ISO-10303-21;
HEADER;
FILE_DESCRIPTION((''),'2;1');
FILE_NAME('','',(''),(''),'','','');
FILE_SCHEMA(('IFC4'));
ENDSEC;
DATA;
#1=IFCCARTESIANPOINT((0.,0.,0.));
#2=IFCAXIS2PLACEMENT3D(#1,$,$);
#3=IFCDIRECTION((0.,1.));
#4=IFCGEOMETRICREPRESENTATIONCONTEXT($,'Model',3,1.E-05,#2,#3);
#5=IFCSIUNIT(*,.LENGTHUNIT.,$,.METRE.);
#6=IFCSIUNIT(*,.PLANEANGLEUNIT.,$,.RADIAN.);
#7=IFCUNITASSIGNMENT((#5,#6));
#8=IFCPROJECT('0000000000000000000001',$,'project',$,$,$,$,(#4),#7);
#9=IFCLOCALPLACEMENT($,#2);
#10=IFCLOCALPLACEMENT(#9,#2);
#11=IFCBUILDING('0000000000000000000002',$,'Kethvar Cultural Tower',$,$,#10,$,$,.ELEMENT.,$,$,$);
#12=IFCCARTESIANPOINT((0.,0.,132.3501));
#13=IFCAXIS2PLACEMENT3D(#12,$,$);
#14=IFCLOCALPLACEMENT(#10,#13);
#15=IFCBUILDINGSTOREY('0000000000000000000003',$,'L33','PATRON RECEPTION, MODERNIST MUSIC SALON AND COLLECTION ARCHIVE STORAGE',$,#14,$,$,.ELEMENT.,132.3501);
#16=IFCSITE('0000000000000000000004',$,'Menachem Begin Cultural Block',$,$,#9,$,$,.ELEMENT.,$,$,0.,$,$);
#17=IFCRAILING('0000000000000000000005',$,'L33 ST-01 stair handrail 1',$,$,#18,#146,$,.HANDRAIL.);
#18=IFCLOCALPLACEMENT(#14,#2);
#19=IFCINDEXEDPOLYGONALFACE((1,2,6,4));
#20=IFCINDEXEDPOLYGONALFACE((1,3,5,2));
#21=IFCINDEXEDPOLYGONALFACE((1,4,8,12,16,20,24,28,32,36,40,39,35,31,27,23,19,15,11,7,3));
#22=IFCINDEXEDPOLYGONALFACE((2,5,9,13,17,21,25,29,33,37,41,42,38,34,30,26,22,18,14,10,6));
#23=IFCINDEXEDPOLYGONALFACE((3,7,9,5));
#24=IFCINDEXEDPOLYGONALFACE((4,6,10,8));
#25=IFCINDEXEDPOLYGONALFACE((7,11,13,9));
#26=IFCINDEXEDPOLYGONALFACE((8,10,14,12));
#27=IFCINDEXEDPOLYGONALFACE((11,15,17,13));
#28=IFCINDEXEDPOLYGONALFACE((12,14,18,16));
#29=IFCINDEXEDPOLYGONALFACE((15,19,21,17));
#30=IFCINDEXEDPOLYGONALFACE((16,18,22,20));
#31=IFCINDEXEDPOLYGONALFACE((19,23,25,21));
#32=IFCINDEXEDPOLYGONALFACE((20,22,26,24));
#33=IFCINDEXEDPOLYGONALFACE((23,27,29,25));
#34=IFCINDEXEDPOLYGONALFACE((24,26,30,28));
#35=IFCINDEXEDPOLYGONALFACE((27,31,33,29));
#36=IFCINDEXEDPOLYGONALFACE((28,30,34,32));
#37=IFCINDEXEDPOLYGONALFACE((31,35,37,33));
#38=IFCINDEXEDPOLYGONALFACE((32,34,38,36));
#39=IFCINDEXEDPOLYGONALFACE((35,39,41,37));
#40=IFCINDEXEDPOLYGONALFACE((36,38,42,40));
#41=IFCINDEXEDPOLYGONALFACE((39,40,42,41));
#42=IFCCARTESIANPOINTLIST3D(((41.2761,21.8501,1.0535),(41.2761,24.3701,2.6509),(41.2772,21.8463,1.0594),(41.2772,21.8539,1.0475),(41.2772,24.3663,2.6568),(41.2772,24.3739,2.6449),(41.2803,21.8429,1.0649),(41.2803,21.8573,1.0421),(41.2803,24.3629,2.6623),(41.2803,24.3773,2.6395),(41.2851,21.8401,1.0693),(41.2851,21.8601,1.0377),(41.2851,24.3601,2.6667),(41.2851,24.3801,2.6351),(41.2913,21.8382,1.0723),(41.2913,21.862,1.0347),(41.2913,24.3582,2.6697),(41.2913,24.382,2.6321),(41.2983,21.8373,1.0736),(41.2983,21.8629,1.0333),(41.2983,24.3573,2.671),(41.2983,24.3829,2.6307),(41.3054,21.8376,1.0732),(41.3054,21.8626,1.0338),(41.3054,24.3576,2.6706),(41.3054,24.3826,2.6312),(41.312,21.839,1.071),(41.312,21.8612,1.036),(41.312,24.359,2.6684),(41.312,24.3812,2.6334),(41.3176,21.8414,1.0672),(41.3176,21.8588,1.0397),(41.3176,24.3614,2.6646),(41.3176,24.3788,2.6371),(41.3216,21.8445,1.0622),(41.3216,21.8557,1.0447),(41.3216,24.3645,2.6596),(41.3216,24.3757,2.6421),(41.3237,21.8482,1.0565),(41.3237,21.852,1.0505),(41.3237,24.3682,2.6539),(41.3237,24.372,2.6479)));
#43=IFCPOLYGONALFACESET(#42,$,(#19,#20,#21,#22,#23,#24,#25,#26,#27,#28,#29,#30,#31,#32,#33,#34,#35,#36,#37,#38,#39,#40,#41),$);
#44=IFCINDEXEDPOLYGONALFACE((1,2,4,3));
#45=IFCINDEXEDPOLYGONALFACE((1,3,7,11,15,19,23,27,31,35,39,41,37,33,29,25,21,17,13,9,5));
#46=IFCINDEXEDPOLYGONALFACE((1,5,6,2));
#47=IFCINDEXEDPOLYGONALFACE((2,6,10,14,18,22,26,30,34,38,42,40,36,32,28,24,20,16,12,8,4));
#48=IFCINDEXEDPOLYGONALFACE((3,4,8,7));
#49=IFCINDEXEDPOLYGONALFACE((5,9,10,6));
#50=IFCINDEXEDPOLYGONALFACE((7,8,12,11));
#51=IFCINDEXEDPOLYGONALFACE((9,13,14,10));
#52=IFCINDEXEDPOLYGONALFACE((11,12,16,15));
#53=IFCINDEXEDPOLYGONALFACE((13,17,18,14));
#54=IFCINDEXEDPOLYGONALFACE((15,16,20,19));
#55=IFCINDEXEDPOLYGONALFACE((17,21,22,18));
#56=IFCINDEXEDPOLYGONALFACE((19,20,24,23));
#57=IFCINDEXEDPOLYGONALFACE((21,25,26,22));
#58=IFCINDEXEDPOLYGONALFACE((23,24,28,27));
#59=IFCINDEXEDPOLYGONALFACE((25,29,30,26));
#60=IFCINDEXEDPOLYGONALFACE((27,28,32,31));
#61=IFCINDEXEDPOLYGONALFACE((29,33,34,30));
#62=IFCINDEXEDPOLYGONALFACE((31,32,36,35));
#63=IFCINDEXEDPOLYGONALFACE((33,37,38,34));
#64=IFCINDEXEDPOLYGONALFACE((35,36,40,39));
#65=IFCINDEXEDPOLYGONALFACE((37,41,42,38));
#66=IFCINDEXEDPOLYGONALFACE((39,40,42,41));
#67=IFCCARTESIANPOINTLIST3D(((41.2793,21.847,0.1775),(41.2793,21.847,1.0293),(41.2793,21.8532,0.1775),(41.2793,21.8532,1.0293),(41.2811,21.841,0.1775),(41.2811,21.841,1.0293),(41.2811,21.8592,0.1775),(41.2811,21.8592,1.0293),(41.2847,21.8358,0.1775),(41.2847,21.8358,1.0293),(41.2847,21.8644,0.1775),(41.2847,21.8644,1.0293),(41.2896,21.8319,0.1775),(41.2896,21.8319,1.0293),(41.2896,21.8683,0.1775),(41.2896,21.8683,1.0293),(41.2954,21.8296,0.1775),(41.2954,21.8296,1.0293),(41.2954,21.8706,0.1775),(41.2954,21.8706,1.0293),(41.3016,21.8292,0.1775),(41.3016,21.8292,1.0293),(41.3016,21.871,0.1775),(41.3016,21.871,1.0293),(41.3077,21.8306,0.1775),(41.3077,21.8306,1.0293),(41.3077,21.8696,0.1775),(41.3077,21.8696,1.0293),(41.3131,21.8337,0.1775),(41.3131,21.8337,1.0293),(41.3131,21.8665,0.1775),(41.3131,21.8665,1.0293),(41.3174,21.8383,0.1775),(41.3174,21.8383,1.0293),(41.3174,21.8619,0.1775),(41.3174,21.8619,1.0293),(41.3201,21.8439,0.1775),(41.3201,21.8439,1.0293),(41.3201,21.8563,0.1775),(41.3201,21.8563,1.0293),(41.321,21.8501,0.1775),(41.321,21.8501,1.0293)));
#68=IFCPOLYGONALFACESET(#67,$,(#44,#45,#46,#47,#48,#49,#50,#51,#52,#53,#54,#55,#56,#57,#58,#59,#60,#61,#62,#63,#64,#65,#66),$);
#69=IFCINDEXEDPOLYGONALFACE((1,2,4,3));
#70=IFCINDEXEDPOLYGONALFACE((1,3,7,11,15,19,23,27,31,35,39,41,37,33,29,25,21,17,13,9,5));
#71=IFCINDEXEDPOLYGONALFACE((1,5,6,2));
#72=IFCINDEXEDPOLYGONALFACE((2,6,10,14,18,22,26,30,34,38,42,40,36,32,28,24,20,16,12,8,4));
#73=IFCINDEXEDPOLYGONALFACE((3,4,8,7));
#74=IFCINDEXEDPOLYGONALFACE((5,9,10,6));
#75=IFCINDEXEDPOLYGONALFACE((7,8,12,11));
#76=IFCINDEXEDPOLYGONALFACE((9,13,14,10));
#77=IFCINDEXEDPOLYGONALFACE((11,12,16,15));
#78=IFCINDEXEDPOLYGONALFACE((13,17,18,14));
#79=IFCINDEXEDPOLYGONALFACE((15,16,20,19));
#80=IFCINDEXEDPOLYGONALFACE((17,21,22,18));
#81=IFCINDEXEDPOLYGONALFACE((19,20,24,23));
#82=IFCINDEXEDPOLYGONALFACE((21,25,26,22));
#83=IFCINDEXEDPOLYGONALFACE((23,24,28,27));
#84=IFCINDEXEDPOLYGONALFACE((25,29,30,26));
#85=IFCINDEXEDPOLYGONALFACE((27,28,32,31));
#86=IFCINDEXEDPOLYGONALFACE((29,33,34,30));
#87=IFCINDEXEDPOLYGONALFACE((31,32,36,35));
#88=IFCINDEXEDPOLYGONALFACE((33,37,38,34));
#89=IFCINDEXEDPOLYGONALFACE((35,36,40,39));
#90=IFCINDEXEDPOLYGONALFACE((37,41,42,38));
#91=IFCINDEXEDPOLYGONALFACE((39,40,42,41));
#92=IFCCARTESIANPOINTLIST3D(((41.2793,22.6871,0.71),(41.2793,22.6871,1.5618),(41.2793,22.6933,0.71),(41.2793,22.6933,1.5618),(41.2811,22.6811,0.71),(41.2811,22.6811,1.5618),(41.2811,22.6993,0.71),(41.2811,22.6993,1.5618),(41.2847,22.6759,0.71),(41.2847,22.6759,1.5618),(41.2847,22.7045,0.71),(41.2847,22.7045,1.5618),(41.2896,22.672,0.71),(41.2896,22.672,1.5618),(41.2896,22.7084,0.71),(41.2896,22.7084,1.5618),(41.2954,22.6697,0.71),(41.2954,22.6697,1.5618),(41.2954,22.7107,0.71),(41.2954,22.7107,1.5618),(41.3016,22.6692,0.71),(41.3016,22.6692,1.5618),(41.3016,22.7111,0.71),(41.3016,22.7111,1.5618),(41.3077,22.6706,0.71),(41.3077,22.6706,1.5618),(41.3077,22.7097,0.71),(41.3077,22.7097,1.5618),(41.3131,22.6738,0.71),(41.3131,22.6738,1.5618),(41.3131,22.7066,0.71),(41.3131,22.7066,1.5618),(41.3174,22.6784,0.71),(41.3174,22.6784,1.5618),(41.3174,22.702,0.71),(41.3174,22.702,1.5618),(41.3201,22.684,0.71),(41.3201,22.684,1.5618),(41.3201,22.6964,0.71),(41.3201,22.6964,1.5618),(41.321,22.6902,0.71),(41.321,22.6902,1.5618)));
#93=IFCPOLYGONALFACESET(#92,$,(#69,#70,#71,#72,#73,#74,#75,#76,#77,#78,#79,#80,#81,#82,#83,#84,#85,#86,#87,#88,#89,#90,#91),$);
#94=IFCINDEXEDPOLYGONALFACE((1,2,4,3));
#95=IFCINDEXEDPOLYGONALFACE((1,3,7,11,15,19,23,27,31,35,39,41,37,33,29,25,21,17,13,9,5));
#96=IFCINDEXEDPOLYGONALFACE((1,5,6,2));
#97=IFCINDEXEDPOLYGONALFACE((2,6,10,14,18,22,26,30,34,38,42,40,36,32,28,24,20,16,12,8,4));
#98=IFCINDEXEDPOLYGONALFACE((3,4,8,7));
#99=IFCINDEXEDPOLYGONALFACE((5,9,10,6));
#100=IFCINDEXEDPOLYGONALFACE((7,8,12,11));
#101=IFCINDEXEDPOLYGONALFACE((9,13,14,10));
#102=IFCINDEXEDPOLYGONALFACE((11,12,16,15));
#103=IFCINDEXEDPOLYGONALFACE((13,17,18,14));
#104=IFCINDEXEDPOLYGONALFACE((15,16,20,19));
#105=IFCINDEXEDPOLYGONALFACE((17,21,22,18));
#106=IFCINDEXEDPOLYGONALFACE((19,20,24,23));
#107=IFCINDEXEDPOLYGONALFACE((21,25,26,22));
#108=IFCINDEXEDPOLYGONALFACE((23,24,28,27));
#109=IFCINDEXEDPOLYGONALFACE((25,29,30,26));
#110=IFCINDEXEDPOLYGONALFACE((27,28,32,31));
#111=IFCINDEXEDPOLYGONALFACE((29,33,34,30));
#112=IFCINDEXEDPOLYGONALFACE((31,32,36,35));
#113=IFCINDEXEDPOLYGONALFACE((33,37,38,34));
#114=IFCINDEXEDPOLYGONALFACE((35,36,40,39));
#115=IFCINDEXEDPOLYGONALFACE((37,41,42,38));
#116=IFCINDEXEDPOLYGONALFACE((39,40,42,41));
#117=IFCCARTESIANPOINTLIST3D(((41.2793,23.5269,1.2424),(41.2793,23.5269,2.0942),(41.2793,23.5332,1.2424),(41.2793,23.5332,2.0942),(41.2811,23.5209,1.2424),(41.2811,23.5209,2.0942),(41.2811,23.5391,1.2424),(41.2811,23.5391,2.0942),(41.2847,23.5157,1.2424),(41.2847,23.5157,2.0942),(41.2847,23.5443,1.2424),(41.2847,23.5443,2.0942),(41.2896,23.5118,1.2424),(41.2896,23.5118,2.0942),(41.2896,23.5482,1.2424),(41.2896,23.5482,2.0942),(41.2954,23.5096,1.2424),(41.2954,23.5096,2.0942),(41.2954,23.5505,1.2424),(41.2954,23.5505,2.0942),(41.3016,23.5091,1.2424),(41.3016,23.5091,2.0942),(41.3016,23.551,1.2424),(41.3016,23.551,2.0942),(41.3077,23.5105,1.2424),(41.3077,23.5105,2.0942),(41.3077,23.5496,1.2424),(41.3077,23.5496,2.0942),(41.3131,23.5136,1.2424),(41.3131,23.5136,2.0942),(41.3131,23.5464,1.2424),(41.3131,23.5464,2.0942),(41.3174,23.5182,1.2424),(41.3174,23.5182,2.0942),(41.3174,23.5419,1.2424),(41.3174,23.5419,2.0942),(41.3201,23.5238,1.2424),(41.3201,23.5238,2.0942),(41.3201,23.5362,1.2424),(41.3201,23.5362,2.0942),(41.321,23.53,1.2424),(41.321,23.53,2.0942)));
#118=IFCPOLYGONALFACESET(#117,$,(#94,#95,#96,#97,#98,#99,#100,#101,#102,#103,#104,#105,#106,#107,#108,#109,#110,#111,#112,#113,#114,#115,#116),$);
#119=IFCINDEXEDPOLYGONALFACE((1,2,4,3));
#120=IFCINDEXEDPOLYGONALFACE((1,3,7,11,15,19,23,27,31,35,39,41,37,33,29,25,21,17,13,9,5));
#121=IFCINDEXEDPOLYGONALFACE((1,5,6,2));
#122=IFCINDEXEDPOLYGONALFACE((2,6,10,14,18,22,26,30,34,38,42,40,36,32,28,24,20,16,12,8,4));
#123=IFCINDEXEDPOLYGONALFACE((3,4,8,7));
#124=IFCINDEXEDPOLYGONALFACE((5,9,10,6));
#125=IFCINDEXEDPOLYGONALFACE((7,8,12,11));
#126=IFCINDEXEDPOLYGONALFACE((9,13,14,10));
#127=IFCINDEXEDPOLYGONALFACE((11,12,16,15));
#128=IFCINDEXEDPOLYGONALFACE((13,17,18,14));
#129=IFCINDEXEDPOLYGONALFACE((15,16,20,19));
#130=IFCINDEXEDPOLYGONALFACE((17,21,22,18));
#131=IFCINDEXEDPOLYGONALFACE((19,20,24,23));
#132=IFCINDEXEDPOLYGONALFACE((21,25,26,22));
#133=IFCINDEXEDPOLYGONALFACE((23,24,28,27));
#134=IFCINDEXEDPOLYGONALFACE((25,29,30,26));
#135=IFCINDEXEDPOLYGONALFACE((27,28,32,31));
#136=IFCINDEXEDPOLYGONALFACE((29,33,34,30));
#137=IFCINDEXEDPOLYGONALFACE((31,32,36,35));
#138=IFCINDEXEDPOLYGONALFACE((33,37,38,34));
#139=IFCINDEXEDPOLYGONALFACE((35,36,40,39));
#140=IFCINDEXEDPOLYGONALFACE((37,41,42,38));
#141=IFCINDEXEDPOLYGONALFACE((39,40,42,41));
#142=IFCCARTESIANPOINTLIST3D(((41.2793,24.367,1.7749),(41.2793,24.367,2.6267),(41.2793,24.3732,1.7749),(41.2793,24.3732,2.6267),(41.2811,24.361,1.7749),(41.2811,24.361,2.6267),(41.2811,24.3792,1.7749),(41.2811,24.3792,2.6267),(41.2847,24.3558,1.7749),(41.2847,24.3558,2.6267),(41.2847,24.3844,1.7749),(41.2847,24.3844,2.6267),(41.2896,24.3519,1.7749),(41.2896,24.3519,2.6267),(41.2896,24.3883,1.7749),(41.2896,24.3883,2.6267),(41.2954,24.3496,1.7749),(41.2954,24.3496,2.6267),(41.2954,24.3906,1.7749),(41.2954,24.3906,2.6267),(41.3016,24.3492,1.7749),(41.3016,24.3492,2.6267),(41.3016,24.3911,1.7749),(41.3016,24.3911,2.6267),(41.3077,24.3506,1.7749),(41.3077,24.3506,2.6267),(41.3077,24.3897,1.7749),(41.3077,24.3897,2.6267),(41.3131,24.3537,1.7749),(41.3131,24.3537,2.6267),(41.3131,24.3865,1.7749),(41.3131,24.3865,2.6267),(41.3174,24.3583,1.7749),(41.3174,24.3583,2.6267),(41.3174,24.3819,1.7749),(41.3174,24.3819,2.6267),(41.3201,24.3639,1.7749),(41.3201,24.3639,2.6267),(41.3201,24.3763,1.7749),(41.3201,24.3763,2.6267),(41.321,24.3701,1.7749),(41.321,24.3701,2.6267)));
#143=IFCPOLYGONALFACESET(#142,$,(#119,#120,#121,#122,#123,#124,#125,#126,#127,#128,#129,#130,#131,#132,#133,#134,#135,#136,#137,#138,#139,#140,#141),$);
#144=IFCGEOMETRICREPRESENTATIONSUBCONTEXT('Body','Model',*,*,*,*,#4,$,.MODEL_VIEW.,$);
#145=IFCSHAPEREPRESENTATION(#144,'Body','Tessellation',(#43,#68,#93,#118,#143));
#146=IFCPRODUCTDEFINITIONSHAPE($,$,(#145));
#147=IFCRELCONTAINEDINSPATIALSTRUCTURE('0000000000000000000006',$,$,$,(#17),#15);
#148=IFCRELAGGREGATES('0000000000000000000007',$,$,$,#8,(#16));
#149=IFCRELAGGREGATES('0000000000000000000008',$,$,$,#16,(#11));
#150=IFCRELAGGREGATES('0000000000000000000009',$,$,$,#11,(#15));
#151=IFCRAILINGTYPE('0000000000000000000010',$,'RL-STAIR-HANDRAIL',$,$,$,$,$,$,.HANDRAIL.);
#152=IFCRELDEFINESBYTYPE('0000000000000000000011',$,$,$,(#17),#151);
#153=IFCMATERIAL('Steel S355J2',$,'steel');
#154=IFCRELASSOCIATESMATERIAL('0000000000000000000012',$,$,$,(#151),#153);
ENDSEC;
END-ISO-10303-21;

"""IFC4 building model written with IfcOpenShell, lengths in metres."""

from ifc_helpers import new_model, si_unit, direction, frame, origin, origin_2d, place, context, subcontext, project, spatial, circle, extrude, material, type_object, element, save


model = new_model("IFC4")

# Units and contexts
model_context = context("Model", 3, precision=1e-05, world=origin(), true_north=direction((0.0, 1.0)))
body_context = subcontext(model_context, "Body", "Model", "MODEL_VIEW")
ifc_project = project(units=[si_unit("LENGTHUNIT", "METRE"), si_unit("PLANEANGLEUNIT", "RADIAN")], contexts=[model_context])

# Site, building, storey
site_placement = place(None, origin())
site = spatial("IfcSite", under=ifc_project, at=site_placement, Name="Menachem Begin Cultural Block", CompositionType="ELEMENT", RefElevation=0.0)
building_placement = place(site_placement, origin())
building = spatial("IfcBuilding", under=site, at=building_placement, Name="Kethvar Cultural Tower", CompositionType="ELEMENT")
storey_placement = place(building_placement, frame((0.0, 0.0, 132.3501)))
storey = spatial("IfcBuildingStorey", under=building, at=storey_placement, Name="L33", Description="PATRON RECEPTION, MODERNIST MUSIC SALON AND COLLECTION ARCHIVE STORAGE", CompositionType="ELEMENT", Elevation=132.3501)

# Shared definitions
ifc_material_1 = material(Name="Steel S355J2", Category="steel")

# Railing
railing_type_1 = type_object("IfcRailingType", Name="RL-STAIR-HANDRAIL", PredefinedType="HANDRAIL", material=ifc_material_1)
railing_1_placement = place(storey_placement, frame((41.3, 21.8501, 0.1775)))
element("IfcRailing", 1, at=railing_1_placement, inside=storey, type_object=railing_type_1, Name="L33 ST-01 stair handrail 1", PredefinedType="HANDRAIL", context=body_context, shape_type="SweptSolid", body=[
    extrude(circle(Radius=0.0239, at=origin_2d()), frame((0.0, 0.0, 0.876), z_axis=(0.0, 0.844607, 0.535387), x_axis=(-1.0, 0.0, 0.0)), (0.0, 0.0, 1.0), 2.9836),
    extrude(circle(Radius=0.021, at=origin_2d()), origin(), (0.0, 0.0, 1.0), 0.8518),
    extrude(circle(Radius=0.021, at=origin_2d()), frame((0.0, 0.8401, 0.5325)), (0.0, 0.0, 1.0), 0.8518),
    extrude(circle(Radius=0.021, at=origin_2d()), frame((0.0, 1.6799, 1.0649)), (0.0, 0.0, 1.0), 0.8518),
    extrude(circle(Radius=0.021, at=origin_2d()), frame((0.0, 2.52, 1.5974)), (0.0, 0.0, 1.0), 0.8518),
])

save(model, "model.ifc")
